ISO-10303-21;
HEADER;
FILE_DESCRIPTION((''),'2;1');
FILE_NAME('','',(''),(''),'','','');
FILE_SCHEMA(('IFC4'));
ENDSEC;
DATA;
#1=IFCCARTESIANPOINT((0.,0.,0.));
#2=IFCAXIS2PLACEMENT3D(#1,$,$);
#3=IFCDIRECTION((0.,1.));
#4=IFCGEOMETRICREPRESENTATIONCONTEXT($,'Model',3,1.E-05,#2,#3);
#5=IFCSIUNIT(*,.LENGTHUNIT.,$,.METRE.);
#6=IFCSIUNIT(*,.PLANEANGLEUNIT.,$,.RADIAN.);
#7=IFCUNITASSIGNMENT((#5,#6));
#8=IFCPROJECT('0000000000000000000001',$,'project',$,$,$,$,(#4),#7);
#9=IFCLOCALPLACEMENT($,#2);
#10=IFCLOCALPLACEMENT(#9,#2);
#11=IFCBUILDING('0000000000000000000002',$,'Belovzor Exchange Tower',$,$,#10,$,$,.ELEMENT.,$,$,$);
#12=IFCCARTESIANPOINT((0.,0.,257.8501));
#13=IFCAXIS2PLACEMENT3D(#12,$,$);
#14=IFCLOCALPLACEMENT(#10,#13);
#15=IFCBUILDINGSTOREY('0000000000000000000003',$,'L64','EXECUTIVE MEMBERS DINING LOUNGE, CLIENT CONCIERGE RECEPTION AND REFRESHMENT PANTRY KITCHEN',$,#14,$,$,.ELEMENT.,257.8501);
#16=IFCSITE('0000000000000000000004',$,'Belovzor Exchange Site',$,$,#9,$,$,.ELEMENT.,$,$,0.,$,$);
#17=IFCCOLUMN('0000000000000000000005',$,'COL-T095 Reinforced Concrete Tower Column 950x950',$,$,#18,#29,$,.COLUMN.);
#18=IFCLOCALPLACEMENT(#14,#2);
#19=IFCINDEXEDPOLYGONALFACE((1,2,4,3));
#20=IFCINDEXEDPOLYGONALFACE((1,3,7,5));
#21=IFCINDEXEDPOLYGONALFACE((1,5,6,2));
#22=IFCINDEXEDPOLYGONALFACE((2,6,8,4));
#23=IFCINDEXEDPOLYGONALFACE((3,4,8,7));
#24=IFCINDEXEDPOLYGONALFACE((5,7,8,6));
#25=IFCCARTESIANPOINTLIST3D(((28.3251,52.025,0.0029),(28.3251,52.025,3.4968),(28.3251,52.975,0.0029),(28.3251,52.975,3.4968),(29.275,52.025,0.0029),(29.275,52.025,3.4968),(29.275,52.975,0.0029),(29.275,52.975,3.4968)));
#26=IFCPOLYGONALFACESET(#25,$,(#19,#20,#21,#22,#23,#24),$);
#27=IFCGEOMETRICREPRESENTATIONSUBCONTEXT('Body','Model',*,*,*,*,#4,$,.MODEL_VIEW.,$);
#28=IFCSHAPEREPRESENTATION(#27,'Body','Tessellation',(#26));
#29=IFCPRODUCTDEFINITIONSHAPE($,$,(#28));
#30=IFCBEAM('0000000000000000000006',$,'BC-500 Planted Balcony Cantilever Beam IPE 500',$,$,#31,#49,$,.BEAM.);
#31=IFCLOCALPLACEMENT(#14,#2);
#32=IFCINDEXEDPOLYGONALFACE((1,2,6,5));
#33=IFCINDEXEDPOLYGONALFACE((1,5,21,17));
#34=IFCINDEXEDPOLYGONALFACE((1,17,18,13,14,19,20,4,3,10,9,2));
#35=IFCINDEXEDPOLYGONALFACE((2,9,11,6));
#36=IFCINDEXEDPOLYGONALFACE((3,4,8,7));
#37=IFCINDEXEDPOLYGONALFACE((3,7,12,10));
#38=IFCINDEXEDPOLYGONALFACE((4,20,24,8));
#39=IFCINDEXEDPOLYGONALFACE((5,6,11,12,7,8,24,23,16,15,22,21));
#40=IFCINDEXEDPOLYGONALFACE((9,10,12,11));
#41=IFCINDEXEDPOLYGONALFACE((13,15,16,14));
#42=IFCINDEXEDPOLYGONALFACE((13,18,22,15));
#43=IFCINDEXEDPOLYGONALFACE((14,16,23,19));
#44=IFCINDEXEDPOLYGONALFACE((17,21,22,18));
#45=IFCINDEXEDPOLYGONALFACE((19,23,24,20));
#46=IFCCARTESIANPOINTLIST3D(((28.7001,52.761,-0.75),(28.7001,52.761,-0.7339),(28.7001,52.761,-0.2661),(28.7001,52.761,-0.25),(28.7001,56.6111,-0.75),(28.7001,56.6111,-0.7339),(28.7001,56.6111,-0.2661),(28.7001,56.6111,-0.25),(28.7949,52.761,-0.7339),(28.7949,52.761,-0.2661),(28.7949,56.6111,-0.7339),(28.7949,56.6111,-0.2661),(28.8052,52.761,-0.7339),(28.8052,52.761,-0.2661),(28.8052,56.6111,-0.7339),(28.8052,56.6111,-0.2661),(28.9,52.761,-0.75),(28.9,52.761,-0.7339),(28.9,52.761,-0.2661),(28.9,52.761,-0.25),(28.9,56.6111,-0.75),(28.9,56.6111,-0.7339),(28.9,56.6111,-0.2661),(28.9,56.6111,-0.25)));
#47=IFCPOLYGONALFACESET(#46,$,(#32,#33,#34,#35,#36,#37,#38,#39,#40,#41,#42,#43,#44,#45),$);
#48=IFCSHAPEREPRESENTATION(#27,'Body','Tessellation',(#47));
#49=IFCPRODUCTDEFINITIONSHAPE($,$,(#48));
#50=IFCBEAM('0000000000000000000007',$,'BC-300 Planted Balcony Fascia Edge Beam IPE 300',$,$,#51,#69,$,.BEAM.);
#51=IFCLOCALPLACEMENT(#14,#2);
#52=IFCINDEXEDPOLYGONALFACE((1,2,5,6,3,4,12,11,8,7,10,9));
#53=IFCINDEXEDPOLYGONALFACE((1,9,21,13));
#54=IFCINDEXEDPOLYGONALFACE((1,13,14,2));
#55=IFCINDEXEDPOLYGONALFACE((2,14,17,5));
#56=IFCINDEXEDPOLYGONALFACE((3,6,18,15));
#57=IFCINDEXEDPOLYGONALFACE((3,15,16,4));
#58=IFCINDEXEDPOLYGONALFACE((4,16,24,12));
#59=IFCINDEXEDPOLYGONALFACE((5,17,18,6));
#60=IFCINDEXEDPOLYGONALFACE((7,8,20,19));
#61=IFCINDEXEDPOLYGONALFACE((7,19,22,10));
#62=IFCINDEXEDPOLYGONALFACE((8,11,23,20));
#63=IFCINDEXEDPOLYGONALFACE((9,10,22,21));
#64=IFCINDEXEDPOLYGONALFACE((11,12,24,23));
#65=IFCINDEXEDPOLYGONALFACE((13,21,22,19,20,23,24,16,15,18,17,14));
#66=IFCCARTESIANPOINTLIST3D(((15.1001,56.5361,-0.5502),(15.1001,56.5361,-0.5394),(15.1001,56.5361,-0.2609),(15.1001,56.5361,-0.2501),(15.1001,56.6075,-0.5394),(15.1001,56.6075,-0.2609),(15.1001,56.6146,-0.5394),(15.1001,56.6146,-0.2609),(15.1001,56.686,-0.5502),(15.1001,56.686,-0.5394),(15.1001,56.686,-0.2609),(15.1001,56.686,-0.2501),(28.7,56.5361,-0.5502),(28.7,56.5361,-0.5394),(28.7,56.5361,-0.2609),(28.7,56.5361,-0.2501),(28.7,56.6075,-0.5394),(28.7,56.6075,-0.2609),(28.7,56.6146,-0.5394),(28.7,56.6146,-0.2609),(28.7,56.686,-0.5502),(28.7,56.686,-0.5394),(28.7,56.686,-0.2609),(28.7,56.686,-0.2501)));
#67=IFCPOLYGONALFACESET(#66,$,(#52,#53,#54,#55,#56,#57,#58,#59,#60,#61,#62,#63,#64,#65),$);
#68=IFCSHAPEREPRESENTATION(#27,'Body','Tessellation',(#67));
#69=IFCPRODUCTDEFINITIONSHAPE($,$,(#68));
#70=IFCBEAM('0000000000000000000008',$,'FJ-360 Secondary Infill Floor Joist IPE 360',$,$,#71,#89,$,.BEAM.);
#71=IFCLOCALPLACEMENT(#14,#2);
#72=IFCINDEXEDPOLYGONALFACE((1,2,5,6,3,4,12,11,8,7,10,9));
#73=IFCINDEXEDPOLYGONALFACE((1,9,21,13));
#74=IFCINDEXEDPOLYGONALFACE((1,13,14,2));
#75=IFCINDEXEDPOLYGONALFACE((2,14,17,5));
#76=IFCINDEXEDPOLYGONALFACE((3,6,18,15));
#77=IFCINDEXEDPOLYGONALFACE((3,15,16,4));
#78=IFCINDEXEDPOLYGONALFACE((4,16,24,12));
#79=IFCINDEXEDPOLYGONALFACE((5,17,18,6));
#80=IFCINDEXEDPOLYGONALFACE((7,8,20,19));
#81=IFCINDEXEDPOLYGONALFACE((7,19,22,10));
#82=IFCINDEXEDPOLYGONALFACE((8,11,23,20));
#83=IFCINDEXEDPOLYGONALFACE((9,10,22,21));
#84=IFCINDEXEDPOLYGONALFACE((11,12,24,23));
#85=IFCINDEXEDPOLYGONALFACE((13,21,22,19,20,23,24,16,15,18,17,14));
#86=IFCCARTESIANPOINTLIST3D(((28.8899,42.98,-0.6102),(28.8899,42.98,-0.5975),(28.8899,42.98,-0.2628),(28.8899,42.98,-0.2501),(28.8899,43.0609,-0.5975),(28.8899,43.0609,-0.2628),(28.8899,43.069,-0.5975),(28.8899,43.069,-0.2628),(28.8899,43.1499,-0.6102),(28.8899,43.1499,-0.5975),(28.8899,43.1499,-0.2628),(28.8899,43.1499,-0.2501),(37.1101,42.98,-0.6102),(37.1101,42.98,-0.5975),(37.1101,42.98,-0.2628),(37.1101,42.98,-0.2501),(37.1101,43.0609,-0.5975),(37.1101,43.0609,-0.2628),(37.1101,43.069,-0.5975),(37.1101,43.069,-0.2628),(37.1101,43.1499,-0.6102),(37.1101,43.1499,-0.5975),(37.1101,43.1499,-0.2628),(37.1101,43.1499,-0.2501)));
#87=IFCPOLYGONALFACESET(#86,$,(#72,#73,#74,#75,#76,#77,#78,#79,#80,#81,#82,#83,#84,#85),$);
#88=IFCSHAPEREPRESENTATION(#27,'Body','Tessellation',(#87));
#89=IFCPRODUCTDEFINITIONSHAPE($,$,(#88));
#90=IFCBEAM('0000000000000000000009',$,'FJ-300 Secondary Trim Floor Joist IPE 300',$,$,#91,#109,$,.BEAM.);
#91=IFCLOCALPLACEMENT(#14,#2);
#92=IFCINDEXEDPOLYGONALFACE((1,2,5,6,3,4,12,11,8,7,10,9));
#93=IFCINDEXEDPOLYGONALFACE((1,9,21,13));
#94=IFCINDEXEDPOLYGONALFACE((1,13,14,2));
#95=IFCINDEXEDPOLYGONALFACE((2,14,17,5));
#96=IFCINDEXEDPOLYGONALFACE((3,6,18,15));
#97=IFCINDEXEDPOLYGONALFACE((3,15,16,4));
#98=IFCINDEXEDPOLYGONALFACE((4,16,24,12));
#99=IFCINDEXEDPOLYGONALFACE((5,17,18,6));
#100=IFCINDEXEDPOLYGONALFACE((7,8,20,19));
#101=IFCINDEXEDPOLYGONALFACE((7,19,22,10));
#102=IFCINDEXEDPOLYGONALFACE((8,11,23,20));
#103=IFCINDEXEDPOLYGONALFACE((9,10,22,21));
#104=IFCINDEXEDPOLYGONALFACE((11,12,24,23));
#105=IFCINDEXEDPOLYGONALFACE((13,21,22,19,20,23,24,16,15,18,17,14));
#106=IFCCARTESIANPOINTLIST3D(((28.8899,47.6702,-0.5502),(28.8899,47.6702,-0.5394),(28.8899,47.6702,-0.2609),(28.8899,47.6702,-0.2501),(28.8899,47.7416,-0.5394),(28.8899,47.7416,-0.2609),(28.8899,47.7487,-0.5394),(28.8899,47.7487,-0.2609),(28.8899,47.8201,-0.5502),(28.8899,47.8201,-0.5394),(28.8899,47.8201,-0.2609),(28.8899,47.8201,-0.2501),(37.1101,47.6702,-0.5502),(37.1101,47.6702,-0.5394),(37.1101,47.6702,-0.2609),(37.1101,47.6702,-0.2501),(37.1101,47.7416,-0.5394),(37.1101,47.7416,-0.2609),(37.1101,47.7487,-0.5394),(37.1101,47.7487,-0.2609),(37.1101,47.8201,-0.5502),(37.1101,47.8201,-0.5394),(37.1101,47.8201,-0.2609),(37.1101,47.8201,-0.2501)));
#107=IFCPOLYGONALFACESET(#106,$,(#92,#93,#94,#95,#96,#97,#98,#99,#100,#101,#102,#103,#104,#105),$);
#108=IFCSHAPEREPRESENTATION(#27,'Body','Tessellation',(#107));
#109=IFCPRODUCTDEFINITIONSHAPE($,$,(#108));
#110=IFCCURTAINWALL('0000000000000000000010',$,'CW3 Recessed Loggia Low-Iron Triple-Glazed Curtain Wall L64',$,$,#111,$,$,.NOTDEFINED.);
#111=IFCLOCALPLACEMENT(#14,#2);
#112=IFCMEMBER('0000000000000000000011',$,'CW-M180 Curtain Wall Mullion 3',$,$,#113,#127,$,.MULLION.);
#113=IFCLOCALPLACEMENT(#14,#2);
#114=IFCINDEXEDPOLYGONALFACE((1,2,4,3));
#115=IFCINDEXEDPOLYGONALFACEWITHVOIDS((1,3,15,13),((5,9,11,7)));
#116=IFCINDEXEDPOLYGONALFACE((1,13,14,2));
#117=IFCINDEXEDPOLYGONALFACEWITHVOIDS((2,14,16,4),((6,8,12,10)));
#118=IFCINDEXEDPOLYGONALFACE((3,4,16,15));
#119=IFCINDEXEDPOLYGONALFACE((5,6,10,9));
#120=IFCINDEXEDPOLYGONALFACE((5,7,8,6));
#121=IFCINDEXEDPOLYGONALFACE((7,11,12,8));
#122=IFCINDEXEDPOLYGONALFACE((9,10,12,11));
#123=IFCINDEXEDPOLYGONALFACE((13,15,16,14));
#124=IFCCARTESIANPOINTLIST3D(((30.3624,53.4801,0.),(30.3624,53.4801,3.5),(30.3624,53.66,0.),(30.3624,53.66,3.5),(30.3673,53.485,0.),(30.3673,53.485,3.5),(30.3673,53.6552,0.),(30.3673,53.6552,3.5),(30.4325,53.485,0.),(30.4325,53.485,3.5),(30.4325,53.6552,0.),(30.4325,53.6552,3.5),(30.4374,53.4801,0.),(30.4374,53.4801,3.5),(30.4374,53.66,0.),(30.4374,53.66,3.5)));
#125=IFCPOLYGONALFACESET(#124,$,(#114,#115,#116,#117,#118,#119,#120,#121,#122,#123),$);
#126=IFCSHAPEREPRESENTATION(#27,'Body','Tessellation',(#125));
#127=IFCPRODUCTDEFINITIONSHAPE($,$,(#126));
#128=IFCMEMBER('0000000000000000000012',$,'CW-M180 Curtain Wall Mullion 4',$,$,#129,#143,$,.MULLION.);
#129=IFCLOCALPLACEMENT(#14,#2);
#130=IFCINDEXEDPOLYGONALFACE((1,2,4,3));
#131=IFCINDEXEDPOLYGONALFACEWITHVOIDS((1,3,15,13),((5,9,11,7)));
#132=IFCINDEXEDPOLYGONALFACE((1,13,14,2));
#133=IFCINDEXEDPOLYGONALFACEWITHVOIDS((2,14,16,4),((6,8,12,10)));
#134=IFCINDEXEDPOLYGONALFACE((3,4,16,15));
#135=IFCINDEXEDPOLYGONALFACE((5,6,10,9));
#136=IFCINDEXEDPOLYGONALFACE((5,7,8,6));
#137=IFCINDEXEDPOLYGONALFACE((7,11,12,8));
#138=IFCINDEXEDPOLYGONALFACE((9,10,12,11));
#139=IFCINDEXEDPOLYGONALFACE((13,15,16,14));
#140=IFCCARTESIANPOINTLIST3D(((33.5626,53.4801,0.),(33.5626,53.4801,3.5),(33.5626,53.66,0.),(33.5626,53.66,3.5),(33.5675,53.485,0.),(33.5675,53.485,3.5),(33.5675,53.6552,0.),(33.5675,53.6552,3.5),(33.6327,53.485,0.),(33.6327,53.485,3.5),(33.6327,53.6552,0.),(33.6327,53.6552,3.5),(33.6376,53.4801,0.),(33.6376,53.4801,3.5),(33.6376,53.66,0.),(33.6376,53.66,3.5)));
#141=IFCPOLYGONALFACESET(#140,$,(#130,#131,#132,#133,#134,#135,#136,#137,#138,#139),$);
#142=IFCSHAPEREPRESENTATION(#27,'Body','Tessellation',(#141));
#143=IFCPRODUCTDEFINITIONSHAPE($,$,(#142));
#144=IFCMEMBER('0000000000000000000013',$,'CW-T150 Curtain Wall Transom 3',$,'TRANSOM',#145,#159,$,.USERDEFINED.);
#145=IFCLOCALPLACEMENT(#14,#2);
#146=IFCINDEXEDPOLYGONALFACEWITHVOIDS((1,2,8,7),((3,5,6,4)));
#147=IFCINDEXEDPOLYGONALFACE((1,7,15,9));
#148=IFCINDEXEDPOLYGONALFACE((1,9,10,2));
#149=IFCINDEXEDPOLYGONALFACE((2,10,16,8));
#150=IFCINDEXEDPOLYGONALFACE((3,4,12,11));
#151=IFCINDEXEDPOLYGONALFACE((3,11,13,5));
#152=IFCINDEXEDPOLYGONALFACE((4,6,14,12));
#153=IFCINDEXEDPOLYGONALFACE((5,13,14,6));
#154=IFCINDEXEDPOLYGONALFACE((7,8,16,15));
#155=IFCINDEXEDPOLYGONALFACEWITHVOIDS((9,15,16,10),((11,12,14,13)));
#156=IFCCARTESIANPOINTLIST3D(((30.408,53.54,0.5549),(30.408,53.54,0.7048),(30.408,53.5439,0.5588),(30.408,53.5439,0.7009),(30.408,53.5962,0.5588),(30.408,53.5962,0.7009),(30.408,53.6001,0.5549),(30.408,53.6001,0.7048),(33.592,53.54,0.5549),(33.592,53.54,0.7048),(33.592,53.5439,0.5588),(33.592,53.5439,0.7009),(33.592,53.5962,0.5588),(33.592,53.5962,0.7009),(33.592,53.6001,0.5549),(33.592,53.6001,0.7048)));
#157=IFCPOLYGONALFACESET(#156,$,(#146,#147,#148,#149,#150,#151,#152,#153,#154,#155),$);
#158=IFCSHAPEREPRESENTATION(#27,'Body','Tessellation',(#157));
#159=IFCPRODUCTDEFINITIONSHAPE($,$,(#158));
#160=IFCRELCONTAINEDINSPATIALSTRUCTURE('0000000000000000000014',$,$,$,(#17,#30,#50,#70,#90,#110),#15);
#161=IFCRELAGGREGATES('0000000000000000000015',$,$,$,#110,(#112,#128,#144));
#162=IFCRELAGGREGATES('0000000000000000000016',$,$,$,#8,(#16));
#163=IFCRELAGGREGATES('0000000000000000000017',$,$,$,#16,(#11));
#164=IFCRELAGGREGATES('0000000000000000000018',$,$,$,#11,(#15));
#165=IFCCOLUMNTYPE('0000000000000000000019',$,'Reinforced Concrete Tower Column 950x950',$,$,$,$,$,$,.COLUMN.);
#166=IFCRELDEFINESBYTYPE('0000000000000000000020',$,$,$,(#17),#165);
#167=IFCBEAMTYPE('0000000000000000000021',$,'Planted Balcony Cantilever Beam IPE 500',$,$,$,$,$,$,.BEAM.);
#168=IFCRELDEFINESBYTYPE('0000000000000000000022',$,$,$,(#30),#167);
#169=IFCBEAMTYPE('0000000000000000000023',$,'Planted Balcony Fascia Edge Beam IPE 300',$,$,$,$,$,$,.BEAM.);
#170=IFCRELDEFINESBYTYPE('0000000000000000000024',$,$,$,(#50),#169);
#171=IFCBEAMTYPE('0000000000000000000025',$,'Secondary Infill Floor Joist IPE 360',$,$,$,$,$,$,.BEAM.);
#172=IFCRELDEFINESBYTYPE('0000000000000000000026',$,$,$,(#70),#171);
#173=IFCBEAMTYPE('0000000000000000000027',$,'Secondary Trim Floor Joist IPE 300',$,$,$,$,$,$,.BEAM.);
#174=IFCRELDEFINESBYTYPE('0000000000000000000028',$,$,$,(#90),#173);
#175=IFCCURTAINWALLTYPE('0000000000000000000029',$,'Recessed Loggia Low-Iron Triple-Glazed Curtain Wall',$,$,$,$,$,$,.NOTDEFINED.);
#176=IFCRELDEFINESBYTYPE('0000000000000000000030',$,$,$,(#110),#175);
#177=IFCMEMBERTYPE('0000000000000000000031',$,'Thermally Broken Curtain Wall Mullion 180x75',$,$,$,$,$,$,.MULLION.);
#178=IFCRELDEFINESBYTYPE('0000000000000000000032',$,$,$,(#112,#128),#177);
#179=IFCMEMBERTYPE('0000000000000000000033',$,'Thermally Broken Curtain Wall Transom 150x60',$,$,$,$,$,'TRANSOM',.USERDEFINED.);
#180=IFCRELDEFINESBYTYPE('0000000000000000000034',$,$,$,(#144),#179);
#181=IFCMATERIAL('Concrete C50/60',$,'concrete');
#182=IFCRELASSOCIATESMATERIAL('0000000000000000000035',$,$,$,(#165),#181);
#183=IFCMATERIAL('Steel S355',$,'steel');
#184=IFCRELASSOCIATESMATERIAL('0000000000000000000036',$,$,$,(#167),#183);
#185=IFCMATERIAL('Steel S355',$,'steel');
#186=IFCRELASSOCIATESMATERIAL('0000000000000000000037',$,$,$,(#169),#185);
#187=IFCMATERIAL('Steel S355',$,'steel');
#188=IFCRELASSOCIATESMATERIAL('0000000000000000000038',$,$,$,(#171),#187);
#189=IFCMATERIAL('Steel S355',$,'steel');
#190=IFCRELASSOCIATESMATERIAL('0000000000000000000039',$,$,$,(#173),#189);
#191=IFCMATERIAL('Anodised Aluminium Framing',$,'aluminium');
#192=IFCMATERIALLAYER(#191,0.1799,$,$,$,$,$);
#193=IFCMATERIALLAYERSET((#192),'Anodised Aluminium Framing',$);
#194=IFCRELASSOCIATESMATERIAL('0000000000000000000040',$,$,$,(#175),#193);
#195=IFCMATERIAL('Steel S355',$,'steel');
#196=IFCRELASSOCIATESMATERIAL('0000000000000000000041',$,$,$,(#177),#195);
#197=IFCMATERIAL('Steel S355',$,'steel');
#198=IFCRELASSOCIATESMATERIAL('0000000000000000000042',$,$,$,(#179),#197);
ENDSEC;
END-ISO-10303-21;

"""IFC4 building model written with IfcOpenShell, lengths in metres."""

from ifc_helpers import new_model, si_unit, direction, frame, origin, origin_2d, place, context, subcontext, project, spatial, rectangle, hollow_rectangle, i_section, extrude, material, layer, layer_set, material_profile, profile_set, type_object, element, aggregate, save


model = new_model("IFC4")

# Units and contexts
model_context = context("Model", 3, precision=1e-05, world=origin(), true_north=direction((0.0, 1.0)))
body_context = subcontext(model_context, "Body", "Model", "MODEL_VIEW")
ifc_project = project(units=[si_unit("LENGTHUNIT", "METRE"), si_unit("PLANEANGLEUNIT", "RADIAN")], contexts=[model_context])

# Site, building, storey
site_placement = place(None, origin())
site = spatial("IfcSite", under=ifc_project, at=site_placement, Name="Belovzor Exchange Site", CompositionType="ELEMENT", RefElevation=0.0)
building_placement = place(site_placement, origin())
building = spatial("IfcBuilding", under=site, at=building_placement, Name="Belovzor Exchange Tower", CompositionType="ELEMENT")
storey_placement = place(building_placement, frame((0.0, 0.0, 257.8501)))
storey = spatial("IfcBuildingStorey", under=building, at=storey_placement, Name="L64", Description="EXECUTIVE MEMBERS DINING LOUNGE, CLIENT CONCIERGE RECEPTION AND REFRESHMENT PANTRY KITCHEN", CompositionType="ELEMENT", Elevation=257.8501)

# Column
ifc_material_1 = material(Name="Concrete C50/60", Category="concrete")
ifc_material_profile_1 = material_profile(ifc_material_1, rectangle(XDim=0.95, YDim=0.95, at=origin_2d()))
ifc_profile_set_1 = profile_set([ifc_material_profile_1], Name="Concrete C50/60")
column_type = type_object("IfcColumnType", Name="Reinforced Concrete Tower Column 950x950", PredefinedType="COLUMN", material=ifc_profile_set_1)
column_placement = place(storey_placement, frame((28.8, 52.5, 0.0029), z_axis=(0.0, 0.0, 1.0), x_axis=(1.0, 0.0, 0.0)))
element("IfcColumn", 1, at=column_placement, inside=storey, type_object=column_type, Name="COL-T095 Reinforced Concrete Tower Column 950x950", PredefinedType="COLUMN", context=body_context, shape_type="SweptSolid", body=[
    extrude(rectangle(XDim=0.95, YDim=0.95, at=origin_2d()), origin(), (0.0, 0.0, 1.0), 3.4939),
])

# Beams
ifc_material_2 = material(Name="Steel S355", Category="steel")
ifc_material_profile_2 = material_profile(ifc_material_2, i_section(OverallWidth=0.2, OverallDepth=0.5, WebThickness=0.0103, FlangeThickness=0.0161, at=origin_2d()))
ifc_profile_set_2 = profile_set([ifc_material_profile_2], Name="Steel S355")
beam_type_1 = type_object("IfcBeamType", Name="Planted Balcony Cantilever Beam IPE 500", PredefinedType="BEAM", material=ifc_profile_set_2)
beam_1_placement = place(storey_placement, frame((28.8, 52.761, -0.5), z_axis=(0.0, 1.0, 0.0), x_axis=(-1.0, 0.0, 0.0)))
element("IfcBeam", 2, at=beam_1_placement, inside=storey, type_object=beam_type_1, Name="BC-500 Planted Balcony Cantilever Beam IPE 500", PredefinedType="BEAM", context=body_context, shape_type="SweptSolid", body=[
    extrude(i_section(OverallWidth=0.2, OverallDepth=0.5, WebThickness=0.0103, FlangeThickness=0.0161, at=origin_2d()), origin(), (0.0, 0.0, 1.0), 3.8501),
])
ifc_material_3 = material(Name="Steel S355", Category="steel")
ifc_material_profile_3 = material_profile(ifc_material_3, i_section(OverallWidth=0.1499, OverallDepth=0.3, WebThickness=0.0071, FlangeThickness=0.0107, at=origin_2d()))
ifc_profile_set_3 = profile_set([ifc_material_profile_3], Name="Steel S355")
beam_type_2 = type_object("IfcBeamType", Name="Planted Balcony Fascia Edge Beam IPE 300", PredefinedType="BEAM", material=ifc_profile_set_3)
beam_2_placement = place(storey_placement, frame((28.7, 56.6111, -0.4001), z_axis=(-1.0, 0.0, 0.0), x_axis=(0.0, -1.0, 0.0)))
element("IfcBeam", 3, at=beam_2_placement, inside=storey, type_object=beam_type_2, Name="BC-300 Planted Balcony Fascia Edge Beam IPE 300", PredefinedType="BEAM", context=body_context, shape_type="SweptSolid", body=[
    extrude(i_section(OverallWidth=0.1499, OverallDepth=0.3, WebThickness=0.0071, FlangeThickness=0.0107, at=origin_2d()), origin(), (0.0, 0.0, 1.0), 13.5999),
])
ifc_material_4 = material(Name="Steel S355", Category="steel")
ifc_material_profile_4 = material_profile(ifc_material_4, i_section(OverallWidth=0.1699, OverallDepth=0.3601, WebThickness=0.0081, FlangeThickness=0.0127, at=origin_2d()))
ifc_profile_set_4 = profile_set([ifc_material_profile_4], Name="Steel S355")
beam_type_3 = type_object("IfcBeamType", Name="Secondary Infill Floor Joist IPE 360", PredefinedType="BEAM", material=ifc_profile_set_4)
beam_3_placement = place(storey_placement, frame((28.8899, 43.0649, -0.4302), z_axis=(1.0, 0.0, 0.0), x_axis=(0.0, 1.0, 0.0)))
element("IfcBeam", 4, at=beam_3_placement, inside=storey, type_object=beam_type_3, Name="FJ-360 Secondary Infill Floor Joist IPE 360", PredefinedType="BEAM", context=body_context, shape_type="SweptSolid", body=[
    extrude(i_section(OverallWidth=0.1699, OverallDepth=0.3601, WebThickness=0.0081, FlangeThickness=0.0127, at=origin_2d()), origin(), (0.0, 0.0, 1.0), 8.2202),
])
ifc_material_5 = material(Name="Steel S355", Category="steel")
ifc_material_profile_5 = material_profile(ifc_material_5, i_section(OverallWidth=0.1499, OverallDepth=0.3, WebThickness=0.0071, FlangeThickness=0.0107, at=origin_2d()))
ifc_profile_set_5 = profile_set([ifc_material_profile_5], Name="Steel S355")
beam_type_4 = type_object("IfcBeamType", Name="Secondary Trim Floor Joist IPE 300", PredefinedType="BEAM", material=ifc_profile_set_5)
beam_4_placement = place(storey_placement, frame((28.8899, 47.7451, -0.4001), z_axis=(1.0, 0.0, 0.0), x_axis=(0.0, 1.0, 0.0)))
element("IfcBeam", 5, at=beam_4_placement, inside=storey, type_object=beam_type_4, Name="FJ-300 Secondary Trim Floor Joist IPE 300", PredefinedType="BEAM", context=body_context, shape_type="SweptSolid", body=[
    extrude(i_section(OverallWidth=0.1499, OverallDepth=0.3, WebThickness=0.0071, FlangeThickness=0.0107, at=origin_2d()), origin(), (0.0, 0.0, 1.0), 8.2202),
])

# Curtain wall, members
ifc_material_6 = material(Name="Anodised Aluminium Framing", Category="aluminium")
ifc_layer_1 = layer(ifc_material_6, 0.1799)
ifc_layer_set_1 = layer_set([ifc_layer_1], Name="Anodised Aluminium Framing")
curtain_wall_type = type_object("IfcCurtainWallType", Name="Recessed Loggia Low-Iron Triple-Glazed Curtain Wall", PredefinedType="NOTDEFINED", material=ifc_layer_set_1)
curtain_wall_placement = place(storey_placement, origin())
curtain_wall = element("IfcCurtainWall", 6, at=curtain_wall_placement, inside=storey, type_object=curtain_wall_type, Name="CW3 Recessed Loggia Low-Iron Triple-Glazed Curtain Wall L64", PredefinedType="NOTDEFINED")
ifc_material_7 = material(Name="Steel S355", Category="steel")
ifc_material_profile_6 = material_profile(ifc_material_7, hollow_rectangle(XDim=0.075, YDim=0.1799, WallThickness=0.0049, at=origin_2d()))
ifc_profile_set_6 = profile_set([ifc_material_profile_6], Name="Steel S355")
member_type_1 = type_object("IfcMemberType", Name="Thermally Broken Curtain Wall Mullion 180x75", PredefinedType="MULLION", material=ifc_profile_set_6)
member_1_placement = place(storey_placement, frame((30.3999, 53.5701, 0.0), z_axis=(0.0, 0.0, 1.0), x_axis=(1.0, 0.0, 0.0)))
member_1 = element("IfcMember", 7, at=member_1_placement, type_object=member_type_1, Name="CW-M180 Curtain Wall Mullion 3", PredefinedType="MULLION", context=body_context, shape_type="SweptSolid", body=[
    extrude(hollow_rectangle(XDim=0.075, YDim=0.1799, WallThickness=0.0049, at=origin_2d()), origin(), (0.0, 0.0, 1.0), 3.5),
])
member_2_placement = place(storey_placement, frame((33.6001, 53.5701, 0.0), z_axis=(0.0, 0.0, 1.0), x_axis=(1.0, 0.0, 0.0)))
member_2 = element("IfcMember", 8, at=member_2_placement, type_object=member_type_1, Name="CW-M180 Curtain Wall Mullion 4", PredefinedType="MULLION", context=body_context, shape_type="SweptSolid", body=[
    extrude(hollow_rectangle(XDim=0.075, YDim=0.1799, WallThickness=0.0049, at=origin_2d()), origin(), (0.0, 0.0, 1.0), 3.5),
])
ifc_material_8 = material(Name="Steel S355", Category="steel")
ifc_material_profile_7 = material_profile(ifc_material_8, hollow_rectangle(XDim=0.0601, YDim=0.1499, WallThickness=0.0039, at=origin_2d()))
ifc_profile_set_7 = profile_set([ifc_material_profile_7], Name="Steel S355")
member_type_2 = type_object("IfcMemberType", Name="Thermally Broken Curtain Wall Transom 150x60", ElementType="TRANSOM", PredefinedType="USERDEFINED", material=ifc_profile_set_7)
member_3_placement = place(storey_placement, frame((30.408, 53.5701, 0.6299), z_axis=(1.0, 0.0, 0.0), x_axis=(0.0, 1.0, 0.0)))
member_3 = element("IfcMember", 9, at=member_3_placement, type_object=member_type_2, Name="CW-T150 Curtain Wall Transom 3", ObjectType="TRANSOM", PredefinedType="USERDEFINED", context=body_context, shape_type="SweptSolid", body=[
    extrude(hollow_rectangle(XDim=0.0601, YDim=0.1499, WallThickness=0.0039, at=origin_2d()), origin(), (0.0, 0.0, 1.0), 3.1841),
])

aggregate(curtain_wall, [member_1, member_2, member_3])

save(model, "model.ifc")
